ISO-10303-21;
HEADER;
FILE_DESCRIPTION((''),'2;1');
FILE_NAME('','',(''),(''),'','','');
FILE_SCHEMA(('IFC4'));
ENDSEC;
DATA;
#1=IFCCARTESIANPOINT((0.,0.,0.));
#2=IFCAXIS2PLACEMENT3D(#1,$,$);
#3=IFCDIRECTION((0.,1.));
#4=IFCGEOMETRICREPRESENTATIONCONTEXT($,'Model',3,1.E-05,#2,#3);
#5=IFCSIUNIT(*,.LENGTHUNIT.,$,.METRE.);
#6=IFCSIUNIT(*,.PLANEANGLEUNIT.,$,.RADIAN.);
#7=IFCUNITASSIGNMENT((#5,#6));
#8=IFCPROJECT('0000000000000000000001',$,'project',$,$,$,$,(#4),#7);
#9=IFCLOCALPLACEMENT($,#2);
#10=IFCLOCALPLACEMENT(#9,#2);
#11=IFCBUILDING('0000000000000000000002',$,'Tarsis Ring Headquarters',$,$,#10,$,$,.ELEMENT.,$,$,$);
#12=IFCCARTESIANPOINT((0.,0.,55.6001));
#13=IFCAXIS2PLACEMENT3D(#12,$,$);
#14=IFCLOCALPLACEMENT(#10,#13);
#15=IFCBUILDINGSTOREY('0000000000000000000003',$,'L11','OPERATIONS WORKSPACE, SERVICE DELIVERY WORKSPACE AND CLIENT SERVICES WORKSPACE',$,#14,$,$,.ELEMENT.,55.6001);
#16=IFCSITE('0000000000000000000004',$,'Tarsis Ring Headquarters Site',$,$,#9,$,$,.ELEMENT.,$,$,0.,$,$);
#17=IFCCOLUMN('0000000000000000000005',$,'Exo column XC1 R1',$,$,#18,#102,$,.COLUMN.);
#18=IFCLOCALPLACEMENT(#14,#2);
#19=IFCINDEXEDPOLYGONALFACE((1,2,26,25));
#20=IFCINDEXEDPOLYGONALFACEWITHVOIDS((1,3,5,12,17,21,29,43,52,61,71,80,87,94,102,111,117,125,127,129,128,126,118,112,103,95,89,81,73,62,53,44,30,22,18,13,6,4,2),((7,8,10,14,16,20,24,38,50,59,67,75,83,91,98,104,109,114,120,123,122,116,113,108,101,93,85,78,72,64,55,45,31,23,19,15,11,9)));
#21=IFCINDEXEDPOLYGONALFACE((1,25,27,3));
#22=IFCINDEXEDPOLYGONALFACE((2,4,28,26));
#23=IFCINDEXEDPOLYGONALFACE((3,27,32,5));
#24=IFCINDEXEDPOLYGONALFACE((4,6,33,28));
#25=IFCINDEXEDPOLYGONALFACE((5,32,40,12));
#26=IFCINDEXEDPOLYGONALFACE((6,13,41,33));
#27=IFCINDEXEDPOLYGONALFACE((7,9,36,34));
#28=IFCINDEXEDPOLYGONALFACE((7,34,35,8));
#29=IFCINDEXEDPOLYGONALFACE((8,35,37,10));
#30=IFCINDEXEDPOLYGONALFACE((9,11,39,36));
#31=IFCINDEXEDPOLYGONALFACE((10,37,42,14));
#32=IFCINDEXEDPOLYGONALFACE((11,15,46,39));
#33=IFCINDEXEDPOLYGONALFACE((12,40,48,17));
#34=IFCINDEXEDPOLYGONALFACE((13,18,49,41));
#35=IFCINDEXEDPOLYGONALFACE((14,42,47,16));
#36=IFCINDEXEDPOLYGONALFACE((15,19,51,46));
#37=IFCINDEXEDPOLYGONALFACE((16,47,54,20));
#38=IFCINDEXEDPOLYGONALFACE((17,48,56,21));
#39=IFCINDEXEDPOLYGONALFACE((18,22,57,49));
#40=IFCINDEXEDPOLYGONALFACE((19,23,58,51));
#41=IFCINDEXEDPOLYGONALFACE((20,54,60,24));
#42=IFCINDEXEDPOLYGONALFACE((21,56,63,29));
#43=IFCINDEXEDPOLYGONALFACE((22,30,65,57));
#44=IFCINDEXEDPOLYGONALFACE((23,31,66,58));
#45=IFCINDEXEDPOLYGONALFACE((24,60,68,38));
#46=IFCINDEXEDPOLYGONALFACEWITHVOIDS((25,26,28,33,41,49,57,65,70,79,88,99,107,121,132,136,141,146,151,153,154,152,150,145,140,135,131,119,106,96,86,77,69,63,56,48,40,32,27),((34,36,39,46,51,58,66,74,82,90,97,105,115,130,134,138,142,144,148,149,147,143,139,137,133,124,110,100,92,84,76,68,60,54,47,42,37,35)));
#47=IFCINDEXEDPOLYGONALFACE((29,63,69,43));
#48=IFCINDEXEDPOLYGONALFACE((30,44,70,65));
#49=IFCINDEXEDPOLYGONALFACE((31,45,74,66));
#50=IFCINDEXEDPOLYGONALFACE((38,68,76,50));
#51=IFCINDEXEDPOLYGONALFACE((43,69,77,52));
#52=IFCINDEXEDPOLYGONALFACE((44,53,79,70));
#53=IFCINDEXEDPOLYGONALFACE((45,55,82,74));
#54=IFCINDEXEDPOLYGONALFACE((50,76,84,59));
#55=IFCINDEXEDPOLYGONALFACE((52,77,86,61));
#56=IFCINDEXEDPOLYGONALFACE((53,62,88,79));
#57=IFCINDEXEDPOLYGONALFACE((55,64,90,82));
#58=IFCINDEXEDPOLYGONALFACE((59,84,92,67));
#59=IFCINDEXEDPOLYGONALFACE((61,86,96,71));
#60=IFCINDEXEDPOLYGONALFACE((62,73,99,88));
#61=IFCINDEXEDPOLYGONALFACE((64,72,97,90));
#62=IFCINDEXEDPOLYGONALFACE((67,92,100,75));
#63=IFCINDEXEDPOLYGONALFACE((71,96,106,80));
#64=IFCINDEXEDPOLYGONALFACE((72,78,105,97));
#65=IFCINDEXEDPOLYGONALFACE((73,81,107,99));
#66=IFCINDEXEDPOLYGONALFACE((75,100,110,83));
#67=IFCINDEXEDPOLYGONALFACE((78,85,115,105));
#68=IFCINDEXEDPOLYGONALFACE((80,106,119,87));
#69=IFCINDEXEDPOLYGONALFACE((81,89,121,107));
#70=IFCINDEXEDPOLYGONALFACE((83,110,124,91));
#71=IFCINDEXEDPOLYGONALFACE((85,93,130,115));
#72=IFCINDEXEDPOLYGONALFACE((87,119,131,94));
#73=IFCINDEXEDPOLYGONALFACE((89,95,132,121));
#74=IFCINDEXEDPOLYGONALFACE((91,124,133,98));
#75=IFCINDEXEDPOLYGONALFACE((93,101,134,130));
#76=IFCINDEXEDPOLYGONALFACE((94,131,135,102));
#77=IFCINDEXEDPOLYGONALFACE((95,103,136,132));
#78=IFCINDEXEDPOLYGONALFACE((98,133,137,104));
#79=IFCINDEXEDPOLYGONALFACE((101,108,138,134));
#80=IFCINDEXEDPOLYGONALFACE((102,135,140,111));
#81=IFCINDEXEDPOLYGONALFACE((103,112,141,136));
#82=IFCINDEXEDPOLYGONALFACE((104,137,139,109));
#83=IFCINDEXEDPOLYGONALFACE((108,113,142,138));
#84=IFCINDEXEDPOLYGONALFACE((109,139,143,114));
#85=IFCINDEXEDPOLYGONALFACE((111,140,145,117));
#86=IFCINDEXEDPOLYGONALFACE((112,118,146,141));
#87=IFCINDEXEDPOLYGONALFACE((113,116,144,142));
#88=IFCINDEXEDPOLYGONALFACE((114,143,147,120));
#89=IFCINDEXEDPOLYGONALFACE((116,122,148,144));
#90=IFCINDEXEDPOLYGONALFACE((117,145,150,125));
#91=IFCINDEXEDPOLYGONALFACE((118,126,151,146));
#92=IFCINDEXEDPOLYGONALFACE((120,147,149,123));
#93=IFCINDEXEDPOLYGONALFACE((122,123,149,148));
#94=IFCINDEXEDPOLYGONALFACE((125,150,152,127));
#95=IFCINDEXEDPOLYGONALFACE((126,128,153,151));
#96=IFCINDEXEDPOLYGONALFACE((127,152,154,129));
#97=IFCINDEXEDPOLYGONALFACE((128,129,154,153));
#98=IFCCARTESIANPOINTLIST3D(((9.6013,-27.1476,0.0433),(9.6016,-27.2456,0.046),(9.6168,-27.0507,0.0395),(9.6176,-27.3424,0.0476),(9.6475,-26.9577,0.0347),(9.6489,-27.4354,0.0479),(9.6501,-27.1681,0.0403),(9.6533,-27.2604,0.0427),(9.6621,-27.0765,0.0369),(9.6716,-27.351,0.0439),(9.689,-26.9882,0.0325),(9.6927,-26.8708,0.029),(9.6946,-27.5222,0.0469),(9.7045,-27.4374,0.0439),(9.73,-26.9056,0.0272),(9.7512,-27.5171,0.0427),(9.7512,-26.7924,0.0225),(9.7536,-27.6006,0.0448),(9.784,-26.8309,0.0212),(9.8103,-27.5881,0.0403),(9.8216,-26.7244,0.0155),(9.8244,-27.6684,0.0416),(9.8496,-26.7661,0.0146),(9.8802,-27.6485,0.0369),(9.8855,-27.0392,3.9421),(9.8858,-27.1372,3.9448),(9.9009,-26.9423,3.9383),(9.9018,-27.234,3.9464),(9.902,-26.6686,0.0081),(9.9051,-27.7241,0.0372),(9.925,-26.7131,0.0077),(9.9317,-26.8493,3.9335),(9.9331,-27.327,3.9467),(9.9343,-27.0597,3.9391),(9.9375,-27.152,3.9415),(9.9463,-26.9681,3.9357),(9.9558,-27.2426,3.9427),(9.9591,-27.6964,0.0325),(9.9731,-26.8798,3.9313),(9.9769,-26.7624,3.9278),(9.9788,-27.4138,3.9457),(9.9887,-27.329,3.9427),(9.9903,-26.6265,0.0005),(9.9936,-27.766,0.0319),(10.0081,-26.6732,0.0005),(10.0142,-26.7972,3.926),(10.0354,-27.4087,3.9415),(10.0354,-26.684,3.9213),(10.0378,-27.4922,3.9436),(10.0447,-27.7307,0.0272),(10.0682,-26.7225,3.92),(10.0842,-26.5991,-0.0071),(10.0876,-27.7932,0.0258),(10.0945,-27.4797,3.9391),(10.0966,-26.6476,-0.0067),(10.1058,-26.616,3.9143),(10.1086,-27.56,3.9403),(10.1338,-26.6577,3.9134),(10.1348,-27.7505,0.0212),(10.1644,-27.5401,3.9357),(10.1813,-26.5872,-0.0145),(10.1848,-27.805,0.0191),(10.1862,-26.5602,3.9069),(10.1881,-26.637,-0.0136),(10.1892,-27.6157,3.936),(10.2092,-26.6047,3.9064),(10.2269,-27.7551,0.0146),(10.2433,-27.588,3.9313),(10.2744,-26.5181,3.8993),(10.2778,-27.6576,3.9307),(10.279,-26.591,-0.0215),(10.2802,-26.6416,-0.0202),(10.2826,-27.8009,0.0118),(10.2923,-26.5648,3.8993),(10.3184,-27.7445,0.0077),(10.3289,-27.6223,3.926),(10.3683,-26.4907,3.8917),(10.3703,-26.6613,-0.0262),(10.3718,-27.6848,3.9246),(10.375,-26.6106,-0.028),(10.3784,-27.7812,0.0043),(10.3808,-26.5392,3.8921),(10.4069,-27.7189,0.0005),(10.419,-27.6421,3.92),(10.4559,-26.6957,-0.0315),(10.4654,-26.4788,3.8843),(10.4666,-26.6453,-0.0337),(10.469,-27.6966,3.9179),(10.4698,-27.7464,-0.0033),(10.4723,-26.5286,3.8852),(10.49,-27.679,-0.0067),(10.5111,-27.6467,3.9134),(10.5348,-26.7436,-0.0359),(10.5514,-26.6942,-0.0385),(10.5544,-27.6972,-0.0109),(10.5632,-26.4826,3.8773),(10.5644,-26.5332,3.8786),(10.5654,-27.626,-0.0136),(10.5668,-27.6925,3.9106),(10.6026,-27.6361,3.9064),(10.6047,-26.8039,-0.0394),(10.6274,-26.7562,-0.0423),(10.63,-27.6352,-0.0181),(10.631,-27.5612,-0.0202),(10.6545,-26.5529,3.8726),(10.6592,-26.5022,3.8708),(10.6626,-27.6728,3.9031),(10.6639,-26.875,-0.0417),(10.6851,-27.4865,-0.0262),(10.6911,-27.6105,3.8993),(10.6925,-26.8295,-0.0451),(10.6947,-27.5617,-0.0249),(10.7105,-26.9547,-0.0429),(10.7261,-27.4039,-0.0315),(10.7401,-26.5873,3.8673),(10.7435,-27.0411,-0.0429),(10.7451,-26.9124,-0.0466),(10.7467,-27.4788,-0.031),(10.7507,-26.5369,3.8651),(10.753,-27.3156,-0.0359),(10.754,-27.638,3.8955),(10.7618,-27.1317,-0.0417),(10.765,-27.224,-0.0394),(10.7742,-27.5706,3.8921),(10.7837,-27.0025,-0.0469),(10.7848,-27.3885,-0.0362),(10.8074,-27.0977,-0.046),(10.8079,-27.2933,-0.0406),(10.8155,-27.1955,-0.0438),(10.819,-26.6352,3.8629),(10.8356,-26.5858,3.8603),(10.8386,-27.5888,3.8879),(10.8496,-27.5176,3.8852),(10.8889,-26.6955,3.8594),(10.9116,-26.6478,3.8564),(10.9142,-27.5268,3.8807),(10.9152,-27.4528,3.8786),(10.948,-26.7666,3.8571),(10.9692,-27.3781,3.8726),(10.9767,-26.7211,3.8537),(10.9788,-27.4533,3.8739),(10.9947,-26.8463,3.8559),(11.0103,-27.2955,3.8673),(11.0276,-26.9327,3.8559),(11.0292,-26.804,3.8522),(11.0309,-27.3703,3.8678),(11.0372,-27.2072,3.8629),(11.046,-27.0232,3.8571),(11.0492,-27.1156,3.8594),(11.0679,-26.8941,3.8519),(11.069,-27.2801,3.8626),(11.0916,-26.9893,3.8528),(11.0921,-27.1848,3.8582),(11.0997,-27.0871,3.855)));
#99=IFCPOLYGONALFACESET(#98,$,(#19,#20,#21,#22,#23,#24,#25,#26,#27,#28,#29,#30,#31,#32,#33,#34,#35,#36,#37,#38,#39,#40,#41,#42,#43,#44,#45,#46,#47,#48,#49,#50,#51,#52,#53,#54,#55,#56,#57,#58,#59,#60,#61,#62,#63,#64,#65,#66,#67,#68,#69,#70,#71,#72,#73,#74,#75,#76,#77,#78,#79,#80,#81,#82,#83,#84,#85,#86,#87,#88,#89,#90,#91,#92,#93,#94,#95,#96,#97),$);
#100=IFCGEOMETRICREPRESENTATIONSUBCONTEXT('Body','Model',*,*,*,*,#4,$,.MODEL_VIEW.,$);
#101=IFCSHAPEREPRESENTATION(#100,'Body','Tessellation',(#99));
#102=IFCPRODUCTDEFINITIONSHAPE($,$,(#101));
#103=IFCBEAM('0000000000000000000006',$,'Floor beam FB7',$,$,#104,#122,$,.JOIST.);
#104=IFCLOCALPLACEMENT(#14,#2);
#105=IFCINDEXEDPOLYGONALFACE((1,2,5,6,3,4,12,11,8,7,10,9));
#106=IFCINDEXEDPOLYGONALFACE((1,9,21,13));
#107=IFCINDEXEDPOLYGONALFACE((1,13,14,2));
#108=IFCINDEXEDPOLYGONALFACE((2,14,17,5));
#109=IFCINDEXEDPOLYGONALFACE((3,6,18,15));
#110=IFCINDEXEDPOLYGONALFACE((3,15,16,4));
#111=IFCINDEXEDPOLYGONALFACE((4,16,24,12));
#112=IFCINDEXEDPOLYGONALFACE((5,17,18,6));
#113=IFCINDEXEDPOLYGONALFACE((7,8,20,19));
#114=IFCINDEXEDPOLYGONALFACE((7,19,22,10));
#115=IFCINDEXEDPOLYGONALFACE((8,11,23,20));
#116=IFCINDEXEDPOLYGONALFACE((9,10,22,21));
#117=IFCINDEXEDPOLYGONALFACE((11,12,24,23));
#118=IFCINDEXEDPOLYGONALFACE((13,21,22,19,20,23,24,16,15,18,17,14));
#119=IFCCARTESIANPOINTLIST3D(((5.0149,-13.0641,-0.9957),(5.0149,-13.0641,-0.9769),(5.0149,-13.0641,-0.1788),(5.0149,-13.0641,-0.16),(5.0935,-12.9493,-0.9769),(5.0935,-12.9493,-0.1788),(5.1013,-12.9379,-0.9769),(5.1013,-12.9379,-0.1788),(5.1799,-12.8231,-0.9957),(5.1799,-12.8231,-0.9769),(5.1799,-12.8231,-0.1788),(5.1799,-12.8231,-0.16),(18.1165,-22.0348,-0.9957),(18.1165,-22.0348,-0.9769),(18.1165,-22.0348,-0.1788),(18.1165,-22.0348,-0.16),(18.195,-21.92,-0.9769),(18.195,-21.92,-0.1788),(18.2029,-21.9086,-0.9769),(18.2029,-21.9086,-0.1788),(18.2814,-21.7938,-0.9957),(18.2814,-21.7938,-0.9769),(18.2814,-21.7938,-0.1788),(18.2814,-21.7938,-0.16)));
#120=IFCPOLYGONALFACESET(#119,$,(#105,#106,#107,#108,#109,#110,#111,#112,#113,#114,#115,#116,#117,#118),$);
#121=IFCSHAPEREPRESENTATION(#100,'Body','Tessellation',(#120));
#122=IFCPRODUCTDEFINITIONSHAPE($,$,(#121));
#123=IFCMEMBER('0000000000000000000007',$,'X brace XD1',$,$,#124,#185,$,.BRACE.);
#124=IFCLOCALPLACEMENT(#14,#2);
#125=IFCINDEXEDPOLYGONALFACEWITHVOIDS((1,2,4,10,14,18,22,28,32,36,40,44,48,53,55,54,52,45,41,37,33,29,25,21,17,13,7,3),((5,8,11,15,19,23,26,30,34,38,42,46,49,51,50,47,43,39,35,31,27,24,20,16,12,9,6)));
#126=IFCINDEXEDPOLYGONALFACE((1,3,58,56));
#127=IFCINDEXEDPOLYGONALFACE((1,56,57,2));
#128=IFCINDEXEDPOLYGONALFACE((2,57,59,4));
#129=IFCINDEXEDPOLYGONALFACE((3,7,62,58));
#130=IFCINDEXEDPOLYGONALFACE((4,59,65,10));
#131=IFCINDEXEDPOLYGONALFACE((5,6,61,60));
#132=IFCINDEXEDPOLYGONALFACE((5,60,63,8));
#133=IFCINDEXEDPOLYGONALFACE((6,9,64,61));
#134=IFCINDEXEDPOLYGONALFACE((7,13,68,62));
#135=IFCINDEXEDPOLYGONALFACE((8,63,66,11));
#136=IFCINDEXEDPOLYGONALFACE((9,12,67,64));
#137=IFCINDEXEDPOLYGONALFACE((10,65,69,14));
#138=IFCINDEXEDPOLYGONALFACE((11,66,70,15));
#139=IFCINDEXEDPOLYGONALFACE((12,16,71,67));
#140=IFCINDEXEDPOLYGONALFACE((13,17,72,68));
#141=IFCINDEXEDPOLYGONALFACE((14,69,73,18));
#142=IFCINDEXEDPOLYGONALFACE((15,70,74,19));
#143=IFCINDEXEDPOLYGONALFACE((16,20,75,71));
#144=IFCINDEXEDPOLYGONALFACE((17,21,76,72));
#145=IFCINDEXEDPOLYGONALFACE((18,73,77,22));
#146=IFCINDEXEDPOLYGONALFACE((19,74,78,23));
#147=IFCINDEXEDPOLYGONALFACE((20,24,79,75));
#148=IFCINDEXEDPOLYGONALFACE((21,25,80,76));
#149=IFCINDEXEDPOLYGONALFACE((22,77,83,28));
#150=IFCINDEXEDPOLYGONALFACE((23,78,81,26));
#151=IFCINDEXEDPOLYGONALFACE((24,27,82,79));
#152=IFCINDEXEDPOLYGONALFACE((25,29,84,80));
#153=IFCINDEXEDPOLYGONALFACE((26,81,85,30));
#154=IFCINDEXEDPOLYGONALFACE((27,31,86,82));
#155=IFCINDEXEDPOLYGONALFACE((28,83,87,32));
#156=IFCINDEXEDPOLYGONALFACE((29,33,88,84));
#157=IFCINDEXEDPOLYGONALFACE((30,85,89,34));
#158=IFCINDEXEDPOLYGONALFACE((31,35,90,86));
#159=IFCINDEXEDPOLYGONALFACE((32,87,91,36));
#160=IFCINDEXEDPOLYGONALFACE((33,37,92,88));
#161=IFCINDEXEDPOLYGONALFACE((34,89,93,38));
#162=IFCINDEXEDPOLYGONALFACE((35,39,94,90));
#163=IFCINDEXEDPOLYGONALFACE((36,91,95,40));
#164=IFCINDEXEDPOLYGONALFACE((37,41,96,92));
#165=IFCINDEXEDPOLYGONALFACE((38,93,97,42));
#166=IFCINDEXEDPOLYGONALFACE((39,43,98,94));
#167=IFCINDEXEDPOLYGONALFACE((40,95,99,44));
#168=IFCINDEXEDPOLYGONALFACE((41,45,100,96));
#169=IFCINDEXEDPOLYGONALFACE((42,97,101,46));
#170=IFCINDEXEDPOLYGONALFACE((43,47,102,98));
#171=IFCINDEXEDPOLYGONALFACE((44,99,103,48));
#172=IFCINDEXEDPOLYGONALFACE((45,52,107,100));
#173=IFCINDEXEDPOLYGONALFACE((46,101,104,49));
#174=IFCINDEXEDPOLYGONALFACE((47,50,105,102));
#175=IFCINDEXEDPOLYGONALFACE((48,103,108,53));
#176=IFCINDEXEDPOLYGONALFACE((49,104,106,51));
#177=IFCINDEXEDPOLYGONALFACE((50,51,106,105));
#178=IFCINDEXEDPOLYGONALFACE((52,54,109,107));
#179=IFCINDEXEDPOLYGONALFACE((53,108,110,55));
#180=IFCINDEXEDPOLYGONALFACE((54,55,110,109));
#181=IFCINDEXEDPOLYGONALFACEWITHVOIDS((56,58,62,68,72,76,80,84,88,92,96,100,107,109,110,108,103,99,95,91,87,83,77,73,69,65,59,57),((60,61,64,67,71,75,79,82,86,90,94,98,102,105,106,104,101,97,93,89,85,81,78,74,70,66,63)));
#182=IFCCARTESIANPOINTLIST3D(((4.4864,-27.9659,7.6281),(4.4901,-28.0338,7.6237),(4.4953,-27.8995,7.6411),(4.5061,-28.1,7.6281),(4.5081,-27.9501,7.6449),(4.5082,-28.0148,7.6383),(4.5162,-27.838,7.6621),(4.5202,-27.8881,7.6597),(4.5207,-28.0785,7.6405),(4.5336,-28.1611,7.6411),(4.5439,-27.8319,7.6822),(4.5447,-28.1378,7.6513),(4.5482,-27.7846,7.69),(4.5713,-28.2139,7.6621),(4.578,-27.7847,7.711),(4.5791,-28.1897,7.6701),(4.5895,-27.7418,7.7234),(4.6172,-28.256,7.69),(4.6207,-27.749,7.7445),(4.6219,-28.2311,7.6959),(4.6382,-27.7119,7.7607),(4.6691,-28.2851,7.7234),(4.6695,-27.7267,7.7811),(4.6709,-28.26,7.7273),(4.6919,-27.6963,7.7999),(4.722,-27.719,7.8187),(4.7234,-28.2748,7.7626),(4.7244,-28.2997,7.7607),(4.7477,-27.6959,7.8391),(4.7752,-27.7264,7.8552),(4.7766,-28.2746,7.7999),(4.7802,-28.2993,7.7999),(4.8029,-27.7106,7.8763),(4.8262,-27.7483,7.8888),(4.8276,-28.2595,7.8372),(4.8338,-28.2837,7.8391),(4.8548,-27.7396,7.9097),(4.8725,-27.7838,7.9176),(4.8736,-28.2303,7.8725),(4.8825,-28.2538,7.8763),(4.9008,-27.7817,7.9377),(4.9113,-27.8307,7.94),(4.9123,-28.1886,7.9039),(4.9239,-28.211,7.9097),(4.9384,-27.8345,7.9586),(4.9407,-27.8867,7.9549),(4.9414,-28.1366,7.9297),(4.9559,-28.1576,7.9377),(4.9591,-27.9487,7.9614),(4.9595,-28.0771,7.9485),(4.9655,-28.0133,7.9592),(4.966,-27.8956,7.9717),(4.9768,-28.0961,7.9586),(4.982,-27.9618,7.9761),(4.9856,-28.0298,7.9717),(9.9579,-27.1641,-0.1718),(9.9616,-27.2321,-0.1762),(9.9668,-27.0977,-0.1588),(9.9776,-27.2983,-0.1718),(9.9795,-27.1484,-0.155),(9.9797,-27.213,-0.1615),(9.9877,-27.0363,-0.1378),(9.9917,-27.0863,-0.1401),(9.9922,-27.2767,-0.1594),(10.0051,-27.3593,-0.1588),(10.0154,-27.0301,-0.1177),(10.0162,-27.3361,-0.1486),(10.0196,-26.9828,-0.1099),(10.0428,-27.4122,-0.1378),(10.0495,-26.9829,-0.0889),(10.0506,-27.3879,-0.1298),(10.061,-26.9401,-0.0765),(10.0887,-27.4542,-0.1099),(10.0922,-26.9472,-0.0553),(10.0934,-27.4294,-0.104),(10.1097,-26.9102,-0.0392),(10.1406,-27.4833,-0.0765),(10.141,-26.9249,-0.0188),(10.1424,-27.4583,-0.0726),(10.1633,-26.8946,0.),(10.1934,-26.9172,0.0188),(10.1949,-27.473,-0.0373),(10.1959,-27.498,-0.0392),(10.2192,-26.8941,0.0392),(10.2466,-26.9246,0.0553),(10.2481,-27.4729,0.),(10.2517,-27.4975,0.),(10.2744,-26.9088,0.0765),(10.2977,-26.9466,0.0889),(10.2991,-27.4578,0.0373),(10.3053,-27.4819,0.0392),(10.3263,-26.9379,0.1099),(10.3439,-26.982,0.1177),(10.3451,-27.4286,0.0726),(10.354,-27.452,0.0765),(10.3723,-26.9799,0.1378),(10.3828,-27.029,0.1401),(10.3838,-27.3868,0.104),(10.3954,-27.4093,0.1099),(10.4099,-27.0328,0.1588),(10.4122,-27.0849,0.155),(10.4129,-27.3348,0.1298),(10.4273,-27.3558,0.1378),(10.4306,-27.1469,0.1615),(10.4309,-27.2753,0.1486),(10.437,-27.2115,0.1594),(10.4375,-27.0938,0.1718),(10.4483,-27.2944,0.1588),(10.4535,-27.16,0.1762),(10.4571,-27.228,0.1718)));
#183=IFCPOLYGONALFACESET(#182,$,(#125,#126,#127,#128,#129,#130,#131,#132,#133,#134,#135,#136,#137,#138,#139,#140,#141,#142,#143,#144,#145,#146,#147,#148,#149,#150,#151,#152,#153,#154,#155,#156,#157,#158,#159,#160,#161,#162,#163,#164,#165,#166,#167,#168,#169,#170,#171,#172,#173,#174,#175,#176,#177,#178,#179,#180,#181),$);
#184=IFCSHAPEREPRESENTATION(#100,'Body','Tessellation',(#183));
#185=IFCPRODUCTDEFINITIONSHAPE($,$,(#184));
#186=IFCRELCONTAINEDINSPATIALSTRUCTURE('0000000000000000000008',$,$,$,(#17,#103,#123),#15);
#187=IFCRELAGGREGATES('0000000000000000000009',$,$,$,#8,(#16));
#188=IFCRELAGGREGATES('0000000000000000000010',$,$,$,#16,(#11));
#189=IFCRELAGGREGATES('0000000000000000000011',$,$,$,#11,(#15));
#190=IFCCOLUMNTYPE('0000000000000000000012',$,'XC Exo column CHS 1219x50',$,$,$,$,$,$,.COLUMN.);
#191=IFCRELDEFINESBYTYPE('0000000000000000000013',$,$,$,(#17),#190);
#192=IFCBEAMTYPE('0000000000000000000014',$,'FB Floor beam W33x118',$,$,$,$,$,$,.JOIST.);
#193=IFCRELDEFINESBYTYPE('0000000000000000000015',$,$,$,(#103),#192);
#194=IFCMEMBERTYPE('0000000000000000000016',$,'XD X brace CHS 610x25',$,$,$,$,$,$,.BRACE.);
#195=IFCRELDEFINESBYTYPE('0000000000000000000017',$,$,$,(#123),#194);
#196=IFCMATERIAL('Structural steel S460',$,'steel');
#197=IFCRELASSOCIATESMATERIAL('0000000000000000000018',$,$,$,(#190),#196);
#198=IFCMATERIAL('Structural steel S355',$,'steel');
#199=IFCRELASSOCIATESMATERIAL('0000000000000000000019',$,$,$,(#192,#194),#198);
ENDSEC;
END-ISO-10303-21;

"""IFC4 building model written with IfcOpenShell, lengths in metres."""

from ifc_helpers import new_model, si_unit, direction, frame, origin, origin_2d, place, context, subcontext, project, spatial, hollow_circle, i_section, extrude, material, material_profile, profile_set, type_object, element, save


model = new_model("IFC4")

# Units and contexts
model_context = context("Model", 3, precision=1e-05, world=origin(), true_north=direction((0.0, 1.0)))
body_context = subcontext(model_context, "Body", "Model", "MODEL_VIEW")
ifc_project = project(units=[si_unit("LENGTHUNIT", "METRE"), si_unit("PLANEANGLEUNIT", "RADIAN")], contexts=[model_context])

# Site, building, storey
site_placement = place(None, origin())
site = spatial("IfcSite", under=ifc_project, at=site_placement, Name="Tarsis Ring Headquarters Site", CompositionType="ELEMENT", RefElevation=0.0)
building_placement = place(site_placement, origin())
building = spatial("IfcBuilding", under=site, at=building_placement, Name="Tarsis Ring Headquarters", CompositionType="ELEMENT")
storey_placement = place(building_placement, frame((0.0, 0.0, 55.6001)))
storey = spatial("IfcBuildingStorey", under=building, at=storey_placement, Name="L11", Description="OPERATIONS WORKSPACE, SERVICE DELIVERY WORKSPACE AND CLIENT SERVICES WORKSPACE", CompositionType="ELEMENT", Elevation=55.6001)

# Column
ifc_material_1 = material(Name="Structural steel S460", Category="steel")
ifc_material_profile_1 = material_profile(ifc_material_1, hollow_circle(Radius=0.6096, WallThickness=0.05, at=origin_2d()), Name="CHS 1219x50")
ifc_profile_set_1 = profile_set([ifc_material_profile_1], Name="Structural steel S460")
column_type = type_object("IfcColumnType", Name="XC Exo column CHS 1219x50", PredefinedType="COLUMN", material=ifc_profile_set_1)
column_placement = place(storey_placement, frame((10.2075, -27.196, 0.0005), z_axis=(0.07267, 0.02772, 0.996971), x_axis=(-0.356396, 0.934335, 0.0)))
element("IfcColumn", 1, at=column_placement, inside=storey, type_object=column_type, Name="Exo column XC1 R1", PredefinedType="COLUMN", context=body_context, shape_type="SweptSolid", body=[
    extrude(hollow_circle(Radius=0.6096, WallThickness=0.05, at=origin_2d()), origin(), (0.0, 0.0, 1.0), 3.9106),
])

# Beam
ifc_material_2 = material(Name="Structural steel S355", Category="steel")
ifc_material_profile_2 = material_profile(ifc_material_2, i_section(OverallWidth=0.292, OverallDepth=0.8357, WebThickness=0.0139, FlangeThickness=0.0188, at=origin_2d()), Name="W33x118")
ifc_profile_set_2 = profile_set([ifc_material_profile_2], Name="Structural steel S355")
beam_type = type_object("IfcBeamType", Name="FB Floor beam W33x118", PredefinedType="JOIST", material=ifc_profile_set_2)
beam_placement = place(storey_placement, frame((5.0974, -12.9436, -0.5779), z_axis=(0.825117, -0.564962, 0.0), x_axis=(0.564962, 0.825117, 0.0)))
element("IfcBeam", 2, at=beam_placement, inside=storey, type_object=beam_type, Name="Floor beam FB7", PredefinedType="JOIST", context=body_context, shape_type="SweptSolid", body=[
    extrude(i_section(OverallWidth=0.292, OverallDepth=0.8357, WebThickness=0.0139, FlangeThickness=0.0188, at=origin_2d()), origin(), (0.0, 0.0, 1.0), 15.8784),
])

# Member
ifc_material_profile_3 = material_profile(ifc_material_2, hollow_circle(Radius=0.3047, WallThickness=0.0249, at=origin_2d()), Name="CHS 610x25")
ifc_profile_set_3 = profile_set([ifc_material_profile_3], Name="Structural steel S355")
member_type = type_object("IfcMemberType", Name="XD X brace CHS 610x25", PredefinedType="BRACE", material=ifc_profile_set_3)
member_placement = place(storey_placement, frame((10.2075, -27.196, 0.0), z_axis=(-0.572255, -0.083855, 0.815778), x_axis=(0.144987, -0.989434, 0.0)))
element("IfcMember", 3, at=member_placement, inside=storey, type_object=member_type, Name="X brace XD1", PredefinedType="BRACE", context=body_context, shape_type="SweptSolid", body=[
    extrude(hollow_circle(Radius=0.3047, WallThickness=0.0249, at=origin_2d()), origin(), (0.0, 0.0, 1.0), 9.5613),
])

save(model, "model.ifc")
